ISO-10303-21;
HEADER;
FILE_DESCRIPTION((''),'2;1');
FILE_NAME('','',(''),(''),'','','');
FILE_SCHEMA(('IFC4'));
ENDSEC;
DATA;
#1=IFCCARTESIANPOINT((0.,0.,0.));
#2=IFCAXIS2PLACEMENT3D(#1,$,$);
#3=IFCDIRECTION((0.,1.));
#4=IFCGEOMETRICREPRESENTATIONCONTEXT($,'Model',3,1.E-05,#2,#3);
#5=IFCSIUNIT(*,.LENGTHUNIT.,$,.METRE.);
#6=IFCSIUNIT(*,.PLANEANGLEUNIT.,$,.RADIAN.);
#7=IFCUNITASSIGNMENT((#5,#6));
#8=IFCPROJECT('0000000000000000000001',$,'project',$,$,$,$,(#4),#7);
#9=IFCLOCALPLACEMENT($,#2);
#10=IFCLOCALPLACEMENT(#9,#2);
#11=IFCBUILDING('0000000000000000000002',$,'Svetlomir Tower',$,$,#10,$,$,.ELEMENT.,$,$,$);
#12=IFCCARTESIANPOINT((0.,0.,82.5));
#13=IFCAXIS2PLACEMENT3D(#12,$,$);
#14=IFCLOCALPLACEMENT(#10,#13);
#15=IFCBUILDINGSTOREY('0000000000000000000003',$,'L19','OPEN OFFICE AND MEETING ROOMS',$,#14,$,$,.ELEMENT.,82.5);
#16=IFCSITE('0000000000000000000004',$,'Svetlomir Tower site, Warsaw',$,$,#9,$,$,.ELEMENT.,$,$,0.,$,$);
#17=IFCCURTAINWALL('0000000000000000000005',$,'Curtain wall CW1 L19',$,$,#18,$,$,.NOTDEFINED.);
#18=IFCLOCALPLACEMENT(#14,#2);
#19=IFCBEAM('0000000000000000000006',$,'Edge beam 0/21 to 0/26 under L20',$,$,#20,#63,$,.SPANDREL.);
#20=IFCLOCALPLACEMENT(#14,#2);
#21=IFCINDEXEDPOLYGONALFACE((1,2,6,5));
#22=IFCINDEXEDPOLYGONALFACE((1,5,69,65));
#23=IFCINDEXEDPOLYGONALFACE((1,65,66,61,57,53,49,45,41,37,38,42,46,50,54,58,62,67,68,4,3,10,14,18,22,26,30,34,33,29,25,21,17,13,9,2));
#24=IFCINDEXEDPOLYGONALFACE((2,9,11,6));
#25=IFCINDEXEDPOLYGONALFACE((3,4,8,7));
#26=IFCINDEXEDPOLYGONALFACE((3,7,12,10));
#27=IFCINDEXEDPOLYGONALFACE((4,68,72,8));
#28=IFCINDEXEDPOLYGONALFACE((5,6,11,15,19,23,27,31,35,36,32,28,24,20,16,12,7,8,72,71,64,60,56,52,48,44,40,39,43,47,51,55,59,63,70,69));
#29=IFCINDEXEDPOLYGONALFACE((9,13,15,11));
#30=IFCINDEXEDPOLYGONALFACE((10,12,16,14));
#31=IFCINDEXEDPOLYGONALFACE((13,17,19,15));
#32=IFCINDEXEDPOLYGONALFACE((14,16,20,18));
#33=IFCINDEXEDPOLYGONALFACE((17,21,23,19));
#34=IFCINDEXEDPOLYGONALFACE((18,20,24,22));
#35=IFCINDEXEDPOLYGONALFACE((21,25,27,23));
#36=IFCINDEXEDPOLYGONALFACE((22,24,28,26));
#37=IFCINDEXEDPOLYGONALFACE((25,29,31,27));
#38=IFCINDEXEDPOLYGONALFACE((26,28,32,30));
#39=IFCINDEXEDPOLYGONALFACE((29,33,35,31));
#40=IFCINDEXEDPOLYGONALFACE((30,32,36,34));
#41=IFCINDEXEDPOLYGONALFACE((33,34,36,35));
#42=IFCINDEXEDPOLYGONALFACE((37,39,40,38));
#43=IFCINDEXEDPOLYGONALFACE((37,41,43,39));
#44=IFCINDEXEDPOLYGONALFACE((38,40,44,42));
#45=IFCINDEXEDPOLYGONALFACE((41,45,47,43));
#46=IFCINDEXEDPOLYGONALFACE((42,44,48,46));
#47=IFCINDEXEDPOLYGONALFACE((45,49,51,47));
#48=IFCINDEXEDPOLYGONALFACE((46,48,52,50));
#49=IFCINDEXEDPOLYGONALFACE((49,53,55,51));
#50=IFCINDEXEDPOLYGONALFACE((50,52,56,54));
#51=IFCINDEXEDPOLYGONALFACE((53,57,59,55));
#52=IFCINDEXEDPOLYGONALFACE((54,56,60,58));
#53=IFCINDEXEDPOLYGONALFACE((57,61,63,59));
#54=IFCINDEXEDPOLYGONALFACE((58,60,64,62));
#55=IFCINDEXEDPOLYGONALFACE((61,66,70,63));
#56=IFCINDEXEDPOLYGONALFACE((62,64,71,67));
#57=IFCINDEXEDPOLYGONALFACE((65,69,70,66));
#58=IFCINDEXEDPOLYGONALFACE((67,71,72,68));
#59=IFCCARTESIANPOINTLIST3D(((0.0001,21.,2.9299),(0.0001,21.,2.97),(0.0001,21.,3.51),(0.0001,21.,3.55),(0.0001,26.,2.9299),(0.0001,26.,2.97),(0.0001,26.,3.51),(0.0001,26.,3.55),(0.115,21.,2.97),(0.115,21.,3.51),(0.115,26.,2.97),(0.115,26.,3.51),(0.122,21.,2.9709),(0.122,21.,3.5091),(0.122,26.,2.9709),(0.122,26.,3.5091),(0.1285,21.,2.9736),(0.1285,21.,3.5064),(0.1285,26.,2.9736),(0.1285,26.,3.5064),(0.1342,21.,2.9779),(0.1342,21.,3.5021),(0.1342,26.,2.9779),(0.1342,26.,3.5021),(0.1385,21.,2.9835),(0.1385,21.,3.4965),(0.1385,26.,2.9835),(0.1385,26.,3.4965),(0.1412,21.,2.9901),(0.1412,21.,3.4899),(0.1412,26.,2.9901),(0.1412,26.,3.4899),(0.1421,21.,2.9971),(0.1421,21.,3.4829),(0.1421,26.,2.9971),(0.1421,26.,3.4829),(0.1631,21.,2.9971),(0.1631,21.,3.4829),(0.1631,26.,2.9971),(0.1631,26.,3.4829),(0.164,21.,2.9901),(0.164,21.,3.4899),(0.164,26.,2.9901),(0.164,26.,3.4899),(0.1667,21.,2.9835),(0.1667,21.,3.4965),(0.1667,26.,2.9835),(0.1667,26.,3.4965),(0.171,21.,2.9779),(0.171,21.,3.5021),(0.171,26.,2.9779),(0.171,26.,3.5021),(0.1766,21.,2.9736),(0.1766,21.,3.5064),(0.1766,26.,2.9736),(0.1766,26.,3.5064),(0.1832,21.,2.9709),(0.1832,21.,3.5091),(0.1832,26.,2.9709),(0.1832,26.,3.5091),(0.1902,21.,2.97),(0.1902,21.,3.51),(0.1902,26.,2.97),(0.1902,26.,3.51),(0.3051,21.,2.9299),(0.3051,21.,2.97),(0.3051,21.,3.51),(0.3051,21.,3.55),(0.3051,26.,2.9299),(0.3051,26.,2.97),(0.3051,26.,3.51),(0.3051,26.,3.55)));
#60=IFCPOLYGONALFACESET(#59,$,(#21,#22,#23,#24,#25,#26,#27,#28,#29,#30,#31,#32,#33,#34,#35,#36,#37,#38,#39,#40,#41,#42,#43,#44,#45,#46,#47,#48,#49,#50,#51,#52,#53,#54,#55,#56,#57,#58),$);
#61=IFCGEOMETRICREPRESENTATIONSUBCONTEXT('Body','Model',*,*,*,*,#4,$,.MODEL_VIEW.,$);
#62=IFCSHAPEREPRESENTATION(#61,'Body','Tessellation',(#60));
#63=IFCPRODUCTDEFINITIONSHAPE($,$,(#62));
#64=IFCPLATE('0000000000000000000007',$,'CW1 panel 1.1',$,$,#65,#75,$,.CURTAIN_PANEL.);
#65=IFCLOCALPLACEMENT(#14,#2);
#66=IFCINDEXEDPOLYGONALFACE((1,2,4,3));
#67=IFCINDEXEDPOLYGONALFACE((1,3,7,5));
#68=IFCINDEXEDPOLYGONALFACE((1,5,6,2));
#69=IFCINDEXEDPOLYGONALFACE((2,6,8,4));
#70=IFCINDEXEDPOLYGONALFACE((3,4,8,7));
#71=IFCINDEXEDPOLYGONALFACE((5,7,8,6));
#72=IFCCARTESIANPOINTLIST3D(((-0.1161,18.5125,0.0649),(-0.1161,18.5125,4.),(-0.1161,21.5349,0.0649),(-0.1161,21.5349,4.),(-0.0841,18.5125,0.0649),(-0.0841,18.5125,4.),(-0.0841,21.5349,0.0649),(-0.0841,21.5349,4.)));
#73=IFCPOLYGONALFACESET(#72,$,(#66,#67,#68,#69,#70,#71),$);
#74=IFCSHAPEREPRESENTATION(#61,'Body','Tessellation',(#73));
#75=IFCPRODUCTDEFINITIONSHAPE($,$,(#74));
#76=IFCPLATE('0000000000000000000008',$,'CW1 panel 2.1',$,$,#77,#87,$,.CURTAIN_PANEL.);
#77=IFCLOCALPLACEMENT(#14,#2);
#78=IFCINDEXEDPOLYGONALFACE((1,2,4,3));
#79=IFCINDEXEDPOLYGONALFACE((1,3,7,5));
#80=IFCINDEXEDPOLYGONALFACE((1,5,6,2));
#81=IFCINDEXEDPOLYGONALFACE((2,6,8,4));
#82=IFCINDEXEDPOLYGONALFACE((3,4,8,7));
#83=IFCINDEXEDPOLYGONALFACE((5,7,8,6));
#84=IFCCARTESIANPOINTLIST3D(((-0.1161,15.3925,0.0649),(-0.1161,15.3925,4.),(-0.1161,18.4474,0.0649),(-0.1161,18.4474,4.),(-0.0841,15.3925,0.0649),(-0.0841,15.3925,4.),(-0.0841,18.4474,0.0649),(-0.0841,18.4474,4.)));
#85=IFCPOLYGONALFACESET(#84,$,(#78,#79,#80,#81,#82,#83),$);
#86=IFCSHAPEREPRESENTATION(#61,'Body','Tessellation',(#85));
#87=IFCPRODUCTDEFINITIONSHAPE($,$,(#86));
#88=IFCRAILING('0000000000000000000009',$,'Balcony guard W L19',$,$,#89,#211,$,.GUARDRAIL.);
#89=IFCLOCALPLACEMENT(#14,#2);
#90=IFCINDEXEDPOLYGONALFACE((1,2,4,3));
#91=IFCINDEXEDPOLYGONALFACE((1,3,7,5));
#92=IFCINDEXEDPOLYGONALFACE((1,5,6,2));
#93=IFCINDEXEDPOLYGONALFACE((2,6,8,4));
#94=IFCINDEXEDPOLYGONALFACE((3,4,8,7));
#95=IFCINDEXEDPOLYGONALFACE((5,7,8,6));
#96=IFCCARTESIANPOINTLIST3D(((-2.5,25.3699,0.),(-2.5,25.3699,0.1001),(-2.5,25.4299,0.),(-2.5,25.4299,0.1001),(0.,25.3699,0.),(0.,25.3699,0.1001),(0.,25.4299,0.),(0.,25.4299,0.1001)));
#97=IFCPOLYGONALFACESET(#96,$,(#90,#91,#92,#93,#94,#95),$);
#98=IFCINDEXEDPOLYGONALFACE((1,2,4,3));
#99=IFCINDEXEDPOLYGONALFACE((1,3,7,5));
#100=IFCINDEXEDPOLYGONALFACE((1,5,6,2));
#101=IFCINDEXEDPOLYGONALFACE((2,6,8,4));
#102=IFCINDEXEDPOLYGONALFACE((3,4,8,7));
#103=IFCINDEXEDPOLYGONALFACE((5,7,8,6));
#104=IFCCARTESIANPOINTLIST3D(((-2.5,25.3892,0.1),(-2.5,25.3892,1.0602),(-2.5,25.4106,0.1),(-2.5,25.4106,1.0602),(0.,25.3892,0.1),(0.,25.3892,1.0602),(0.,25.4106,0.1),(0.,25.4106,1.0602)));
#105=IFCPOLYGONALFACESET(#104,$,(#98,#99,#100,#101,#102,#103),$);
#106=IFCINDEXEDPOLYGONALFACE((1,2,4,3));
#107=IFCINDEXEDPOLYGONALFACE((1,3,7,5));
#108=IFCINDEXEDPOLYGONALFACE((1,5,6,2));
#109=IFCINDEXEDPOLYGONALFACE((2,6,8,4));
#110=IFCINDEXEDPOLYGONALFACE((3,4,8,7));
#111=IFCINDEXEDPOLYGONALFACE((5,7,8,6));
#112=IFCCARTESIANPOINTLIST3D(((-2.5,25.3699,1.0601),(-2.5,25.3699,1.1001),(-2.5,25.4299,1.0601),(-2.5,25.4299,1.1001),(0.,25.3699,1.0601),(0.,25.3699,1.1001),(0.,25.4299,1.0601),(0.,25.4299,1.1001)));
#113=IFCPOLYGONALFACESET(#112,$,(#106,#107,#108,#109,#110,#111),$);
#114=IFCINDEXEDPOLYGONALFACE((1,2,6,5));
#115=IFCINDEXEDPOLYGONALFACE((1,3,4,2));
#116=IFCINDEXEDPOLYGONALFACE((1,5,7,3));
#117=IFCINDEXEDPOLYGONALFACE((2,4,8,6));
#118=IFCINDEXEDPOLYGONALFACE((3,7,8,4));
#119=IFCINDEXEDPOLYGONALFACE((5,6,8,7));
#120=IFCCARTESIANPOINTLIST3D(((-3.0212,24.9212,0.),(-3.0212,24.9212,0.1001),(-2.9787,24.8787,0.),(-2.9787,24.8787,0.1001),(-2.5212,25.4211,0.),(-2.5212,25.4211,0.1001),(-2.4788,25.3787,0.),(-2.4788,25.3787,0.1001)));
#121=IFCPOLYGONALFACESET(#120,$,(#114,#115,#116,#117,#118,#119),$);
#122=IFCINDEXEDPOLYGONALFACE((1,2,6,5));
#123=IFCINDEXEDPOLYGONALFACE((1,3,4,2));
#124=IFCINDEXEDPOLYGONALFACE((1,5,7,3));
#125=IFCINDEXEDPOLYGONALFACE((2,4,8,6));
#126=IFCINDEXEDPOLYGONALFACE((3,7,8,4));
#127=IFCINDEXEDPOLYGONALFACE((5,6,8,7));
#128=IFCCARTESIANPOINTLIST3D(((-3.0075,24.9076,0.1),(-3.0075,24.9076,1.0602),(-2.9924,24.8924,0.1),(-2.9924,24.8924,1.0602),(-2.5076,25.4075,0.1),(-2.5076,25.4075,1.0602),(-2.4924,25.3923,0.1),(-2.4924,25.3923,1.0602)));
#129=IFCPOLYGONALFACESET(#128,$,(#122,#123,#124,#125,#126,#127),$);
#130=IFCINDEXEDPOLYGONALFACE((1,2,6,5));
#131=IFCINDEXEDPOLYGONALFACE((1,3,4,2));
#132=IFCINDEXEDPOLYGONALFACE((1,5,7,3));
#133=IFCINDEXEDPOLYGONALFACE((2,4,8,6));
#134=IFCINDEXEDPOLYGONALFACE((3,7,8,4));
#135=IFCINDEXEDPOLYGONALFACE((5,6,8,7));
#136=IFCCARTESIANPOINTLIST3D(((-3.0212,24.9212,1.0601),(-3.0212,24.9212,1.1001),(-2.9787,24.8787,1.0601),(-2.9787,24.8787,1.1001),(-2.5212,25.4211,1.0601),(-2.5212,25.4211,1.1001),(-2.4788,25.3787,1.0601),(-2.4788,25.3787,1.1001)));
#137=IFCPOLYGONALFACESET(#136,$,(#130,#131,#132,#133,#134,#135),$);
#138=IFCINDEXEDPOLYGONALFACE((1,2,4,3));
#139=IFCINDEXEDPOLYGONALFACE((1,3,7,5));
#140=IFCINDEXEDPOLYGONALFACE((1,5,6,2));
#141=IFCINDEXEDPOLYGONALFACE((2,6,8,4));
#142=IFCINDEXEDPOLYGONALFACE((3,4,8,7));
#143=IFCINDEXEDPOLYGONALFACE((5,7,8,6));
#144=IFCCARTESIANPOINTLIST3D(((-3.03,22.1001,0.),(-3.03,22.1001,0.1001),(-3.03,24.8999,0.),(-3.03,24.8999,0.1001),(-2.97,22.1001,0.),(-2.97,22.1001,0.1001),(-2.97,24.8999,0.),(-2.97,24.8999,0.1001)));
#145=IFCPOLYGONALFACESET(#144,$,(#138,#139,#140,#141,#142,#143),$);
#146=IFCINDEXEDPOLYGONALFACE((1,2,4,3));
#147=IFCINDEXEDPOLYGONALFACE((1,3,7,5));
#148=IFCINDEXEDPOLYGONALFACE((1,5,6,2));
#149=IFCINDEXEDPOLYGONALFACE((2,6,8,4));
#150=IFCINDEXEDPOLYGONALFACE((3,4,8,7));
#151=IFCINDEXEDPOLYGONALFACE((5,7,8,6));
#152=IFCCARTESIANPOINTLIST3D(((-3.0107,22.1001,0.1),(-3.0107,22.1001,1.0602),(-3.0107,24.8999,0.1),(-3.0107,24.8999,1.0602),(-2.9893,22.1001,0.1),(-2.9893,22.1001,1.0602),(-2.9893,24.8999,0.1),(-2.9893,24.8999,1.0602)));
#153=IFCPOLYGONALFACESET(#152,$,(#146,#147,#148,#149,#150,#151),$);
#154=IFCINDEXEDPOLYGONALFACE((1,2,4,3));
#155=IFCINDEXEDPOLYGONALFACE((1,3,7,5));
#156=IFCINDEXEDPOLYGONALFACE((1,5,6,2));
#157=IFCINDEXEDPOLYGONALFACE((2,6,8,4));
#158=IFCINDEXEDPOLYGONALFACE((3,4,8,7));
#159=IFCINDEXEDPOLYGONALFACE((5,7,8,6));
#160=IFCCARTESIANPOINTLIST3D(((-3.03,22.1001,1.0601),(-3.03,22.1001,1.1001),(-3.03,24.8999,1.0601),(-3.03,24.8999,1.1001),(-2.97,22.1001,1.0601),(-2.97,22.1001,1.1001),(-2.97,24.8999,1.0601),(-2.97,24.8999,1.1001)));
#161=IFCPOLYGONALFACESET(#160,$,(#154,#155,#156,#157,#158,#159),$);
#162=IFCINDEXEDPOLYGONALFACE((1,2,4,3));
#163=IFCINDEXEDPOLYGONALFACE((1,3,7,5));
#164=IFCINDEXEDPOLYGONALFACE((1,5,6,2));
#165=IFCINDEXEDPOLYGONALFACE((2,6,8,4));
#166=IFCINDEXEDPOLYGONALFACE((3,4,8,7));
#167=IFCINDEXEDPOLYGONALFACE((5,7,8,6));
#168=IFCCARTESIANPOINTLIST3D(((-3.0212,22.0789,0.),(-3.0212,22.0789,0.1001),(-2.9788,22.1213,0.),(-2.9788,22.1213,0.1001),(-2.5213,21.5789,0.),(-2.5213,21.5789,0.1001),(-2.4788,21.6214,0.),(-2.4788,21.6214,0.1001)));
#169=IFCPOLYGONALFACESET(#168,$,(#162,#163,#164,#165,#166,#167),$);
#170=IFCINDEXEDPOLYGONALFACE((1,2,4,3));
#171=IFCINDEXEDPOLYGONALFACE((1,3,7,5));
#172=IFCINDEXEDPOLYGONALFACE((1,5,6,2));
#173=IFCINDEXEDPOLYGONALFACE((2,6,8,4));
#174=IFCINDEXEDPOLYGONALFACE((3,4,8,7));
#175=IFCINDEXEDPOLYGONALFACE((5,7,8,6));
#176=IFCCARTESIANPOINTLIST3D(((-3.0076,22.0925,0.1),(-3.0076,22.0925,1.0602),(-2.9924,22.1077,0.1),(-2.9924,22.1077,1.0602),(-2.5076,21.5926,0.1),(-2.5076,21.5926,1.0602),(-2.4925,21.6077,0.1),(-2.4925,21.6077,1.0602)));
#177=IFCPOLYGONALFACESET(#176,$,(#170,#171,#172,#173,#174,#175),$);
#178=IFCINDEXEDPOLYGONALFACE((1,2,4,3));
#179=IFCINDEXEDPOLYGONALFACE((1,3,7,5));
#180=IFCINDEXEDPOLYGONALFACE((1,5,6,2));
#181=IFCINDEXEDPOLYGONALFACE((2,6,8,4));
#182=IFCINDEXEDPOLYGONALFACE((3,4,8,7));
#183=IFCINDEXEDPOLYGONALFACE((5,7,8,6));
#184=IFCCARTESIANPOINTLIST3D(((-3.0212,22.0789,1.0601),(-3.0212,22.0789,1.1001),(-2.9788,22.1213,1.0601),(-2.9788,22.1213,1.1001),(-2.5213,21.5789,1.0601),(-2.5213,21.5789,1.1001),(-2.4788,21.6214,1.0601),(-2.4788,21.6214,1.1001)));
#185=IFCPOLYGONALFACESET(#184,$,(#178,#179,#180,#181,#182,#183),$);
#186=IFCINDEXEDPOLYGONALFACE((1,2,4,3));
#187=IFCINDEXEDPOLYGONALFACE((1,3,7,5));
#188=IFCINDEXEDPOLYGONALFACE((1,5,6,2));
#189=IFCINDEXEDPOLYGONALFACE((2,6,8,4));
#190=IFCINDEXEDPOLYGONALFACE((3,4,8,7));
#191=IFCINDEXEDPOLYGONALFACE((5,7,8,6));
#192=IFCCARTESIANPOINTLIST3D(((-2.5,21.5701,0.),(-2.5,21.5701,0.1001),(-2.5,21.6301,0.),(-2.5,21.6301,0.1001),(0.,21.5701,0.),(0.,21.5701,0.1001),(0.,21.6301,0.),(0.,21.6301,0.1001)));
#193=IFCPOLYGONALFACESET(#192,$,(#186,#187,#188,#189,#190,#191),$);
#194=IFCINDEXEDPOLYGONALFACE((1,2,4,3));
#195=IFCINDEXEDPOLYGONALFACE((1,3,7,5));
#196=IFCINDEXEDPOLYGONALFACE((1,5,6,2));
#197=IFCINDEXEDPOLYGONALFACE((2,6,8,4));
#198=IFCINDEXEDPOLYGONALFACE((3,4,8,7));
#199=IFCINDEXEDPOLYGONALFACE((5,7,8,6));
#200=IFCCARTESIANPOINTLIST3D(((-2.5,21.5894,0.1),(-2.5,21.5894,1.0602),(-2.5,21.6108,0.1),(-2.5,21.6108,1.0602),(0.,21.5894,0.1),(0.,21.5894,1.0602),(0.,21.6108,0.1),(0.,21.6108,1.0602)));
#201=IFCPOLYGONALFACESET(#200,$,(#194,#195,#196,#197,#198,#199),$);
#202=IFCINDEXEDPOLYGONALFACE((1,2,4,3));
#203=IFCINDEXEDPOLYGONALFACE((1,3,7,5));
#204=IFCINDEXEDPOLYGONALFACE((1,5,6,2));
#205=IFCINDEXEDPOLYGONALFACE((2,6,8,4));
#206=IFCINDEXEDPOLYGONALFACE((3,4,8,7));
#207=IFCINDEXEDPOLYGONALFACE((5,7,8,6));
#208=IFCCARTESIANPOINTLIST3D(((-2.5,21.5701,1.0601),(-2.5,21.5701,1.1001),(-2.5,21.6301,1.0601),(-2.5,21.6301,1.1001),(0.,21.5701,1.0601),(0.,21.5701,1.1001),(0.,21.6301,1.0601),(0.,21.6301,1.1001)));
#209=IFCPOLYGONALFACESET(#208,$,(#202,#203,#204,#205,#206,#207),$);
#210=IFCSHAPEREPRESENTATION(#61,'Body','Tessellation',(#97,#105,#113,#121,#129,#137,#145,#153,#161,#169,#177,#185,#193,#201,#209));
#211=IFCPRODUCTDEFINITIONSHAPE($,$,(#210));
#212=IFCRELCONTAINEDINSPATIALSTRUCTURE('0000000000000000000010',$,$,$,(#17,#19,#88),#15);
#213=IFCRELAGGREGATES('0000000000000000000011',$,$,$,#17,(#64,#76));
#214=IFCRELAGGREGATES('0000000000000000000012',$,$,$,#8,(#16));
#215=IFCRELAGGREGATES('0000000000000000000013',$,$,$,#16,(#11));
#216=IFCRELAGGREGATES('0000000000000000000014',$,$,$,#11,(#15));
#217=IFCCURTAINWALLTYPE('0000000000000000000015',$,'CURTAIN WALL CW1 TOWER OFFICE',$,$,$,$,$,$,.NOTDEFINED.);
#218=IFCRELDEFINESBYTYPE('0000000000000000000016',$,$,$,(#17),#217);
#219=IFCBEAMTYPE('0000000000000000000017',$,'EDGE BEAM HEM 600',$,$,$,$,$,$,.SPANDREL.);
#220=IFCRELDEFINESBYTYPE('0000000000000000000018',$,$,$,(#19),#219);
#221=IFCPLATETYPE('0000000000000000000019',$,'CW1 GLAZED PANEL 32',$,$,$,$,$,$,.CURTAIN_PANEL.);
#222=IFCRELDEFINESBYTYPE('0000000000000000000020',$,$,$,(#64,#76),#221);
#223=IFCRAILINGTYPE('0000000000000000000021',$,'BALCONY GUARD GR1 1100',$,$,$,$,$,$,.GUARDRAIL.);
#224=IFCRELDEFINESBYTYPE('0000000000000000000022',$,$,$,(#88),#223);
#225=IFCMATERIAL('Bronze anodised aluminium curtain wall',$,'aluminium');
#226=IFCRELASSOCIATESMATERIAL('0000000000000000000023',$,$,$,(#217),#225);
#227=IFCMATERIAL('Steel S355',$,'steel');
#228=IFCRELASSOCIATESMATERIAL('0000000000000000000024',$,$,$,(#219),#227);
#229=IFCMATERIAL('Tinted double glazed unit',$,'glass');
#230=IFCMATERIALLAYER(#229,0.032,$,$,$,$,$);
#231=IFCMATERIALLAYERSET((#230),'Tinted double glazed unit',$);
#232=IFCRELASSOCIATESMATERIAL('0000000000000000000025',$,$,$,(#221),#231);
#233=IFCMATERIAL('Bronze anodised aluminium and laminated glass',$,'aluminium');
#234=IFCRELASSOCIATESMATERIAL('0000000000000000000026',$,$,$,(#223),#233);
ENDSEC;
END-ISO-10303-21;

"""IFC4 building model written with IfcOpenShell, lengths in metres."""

from ifc_helpers import new_model, si_unit, direction, frame, origin, origin_2d, place, context, subcontext, project, spatial, rectangle, i_section, extrude, material, layer, layer_set, material_profile, profile_set, type_object, element, aggregate, save


model = new_model("IFC4")

# Units and contexts
model_context = context("Model", 3, precision=1e-05, world=origin(), true_north=direction((0.0, 1.0)))
body_context = subcontext(model_context, "Body", "Model", "MODEL_VIEW")
ifc_project = project(units=[si_unit("LENGTHUNIT", "METRE"), si_unit("PLANEANGLEUNIT", "RADIAN")], contexts=[model_context])

# Site, building, storey
site_placement = place(None, origin())
site = spatial("IfcSite", under=ifc_project, at=site_placement, Name="Svetlomir Tower site, Warsaw", CompositionType="ELEMENT", RefElevation=0.0)
building_placement = place(site_placement, origin())
building = spatial("IfcBuilding", under=site, at=building_placement, Name="Svetlomir Tower", CompositionType="ELEMENT")
storey_placement = place(building_placement, frame((0.0, 0.0, 82.5)))
storey = spatial("IfcBuildingStorey", under=building, at=storey_placement, Name="L19", Description="OPEN OFFICE AND MEETING ROOMS", CompositionType="ELEMENT", Elevation=82.5)

# Curtain wall
ifc_material_1 = material(Name="Bronze anodised aluminium curtain wall", Category="aluminium")
curtain_wall_type = type_object("IfcCurtainWallType", Name="CURTAIN WALL CW1 TOWER OFFICE", PredefinedType="NOTDEFINED", material=ifc_material_1)
curtain_wall_1_placement = place(storey_placement, origin())
curtain_wall_1 = element("IfcCurtainWall", 1, at=curtain_wall_1_placement, inside=storey, type_object=curtain_wall_type, Name="Curtain wall CW1 L19", PredefinedType="NOTDEFINED")

# Beam
ifc_material_2 = material(Name="Steel S355", Category="steel")
ifc_material_profile_1 = material_profile(ifc_material_2, i_section(OverallWidth=0.3049, OverallDepth=0.6201, WebThickness=0.021, FlangeThickness=0.04, FilletRadius=0.0271, at=origin_2d()), Name="HEM 600")
ifc_profile_set_1 = profile_set([ifc_material_profile_1], Name="Steel S355")
beam_type_1 = type_object("IfcBeamType", Name="EDGE BEAM HEM 600", PredefinedType="SPANDREL", material=ifc_profile_set_1)
for number, where, z_axis, x_axis, name in (
    (2, (0.1526, 21.0, 3.24), (0.0, 1.0, 0.0), (-1.0, 0.0, 0.0), "Edge beam 0/21 to 0/26 under L20"),
):
    element("IfcBeam", number, at=place(storey_placement, frame(where, z_axis=z_axis, x_axis=x_axis)), inside=storey, type_object=beam_type_1, Name=name, PredefinedType="SPANDREL", context=body_context, shape_type="SweptSolid", body=[
        extrude(i_section(OverallWidth=0.3049, OverallDepth=0.6201, WebThickness=0.021, FlangeThickness=0.04, FilletRadius=0.0271, at=origin_2d()), origin(), (0.0, 0.0, 1.0), 5.0),
    ])

# Plates
ifc_material_3 = material(Name="Tinted double glazed unit", Category="glass")
ifc_layer_1 = layer(ifc_material_3, 0.032)
ifc_layer_set_1 = layer_set([ifc_layer_1], Name="Tinted double glazed unit")
plate_type = type_object("IfcPlateType", Name="CW1 GLAZED PANEL 32", PredefinedType="CURTAIN_PANEL", material=ifc_layer_set_1)
plate_1_placement = place(storey_placement, frame((-0.1001, 20.0237, 0.0649), z_axis=(0.0, 0.0, 1.0), x_axis=(0.0, -1.0, 0.0)))
plate_1 = element("IfcPlate", 3, at=plate_1_placement, type_object=plate_type, Name="CW1 panel 1.1", PredefinedType="CURTAIN_PANEL", context=body_context, shape_type="SweptSolid", body=[
    extrude(rectangle(XDim=3.0225, YDim=0.032, at=origin_2d()), origin(), (0.0, 0.0, 1.0), 3.9351),
])
plate_2_placement = place(storey_placement, frame((-0.1001, 16.9199, 0.0649), z_axis=(0.0, 0.0, 1.0), x_axis=(0.0, -1.0, 0.0)))
plate_2 = element("IfcPlate", 4, at=plate_2_placement, type_object=plate_type, Name="CW1 panel 2.1", PredefinedType="CURTAIN_PANEL", context=body_context, shape_type="SweptSolid", body=[
    extrude(rectangle(XDim=3.0549, YDim=0.032, at=origin_2d()), origin(), (0.0, 0.0, 1.0), 3.9351),
])
aggregate(curtain_wall_1, [plate_1, plate_2])

# Railing
ifc_material_4 = material(Name="Bronze anodised aluminium and laminated glass", Category="aluminium")
railing_type = type_object("IfcRailingType", Name="BALCONY GUARD GR1 1100", PredefinedType="GUARDRAIL", material=ifc_material_4)
railing_placement = place(storey_placement, frame((0.0, 25.3999, 0.0)))
element("IfcRailing", 5, at=railing_placement, inside=storey, type_object=railing_type, Name="Balcony guard W L19", PredefinedType="GUARDRAIL", context=body_context, shape_type="SweptSolid", body=[
    extrude(rectangle(XDim=0.0601, YDim=0.1001, at=origin_2d()), frame((0.0, 0.0, 0.05), z_axis=(-1.0, 0.0, 0.0), x_axis=(0.0, -1.0, 0.0)), (0.0, 0.0, 1.0), 2.5),
    extrude(rectangle(XDim=0.0215, YDim=0.9602, at=origin_2d()), frame((0.0, 0.0, 0.5801), z_axis=(-1.0, 0.0, 0.0), x_axis=(0.0, -1.0, 0.0)), (0.0, 0.0, 1.0), 2.5),
    extrude(rectangle(XDim=0.0601, YDim=0.04, at=origin_2d()), frame((0.0, 0.0, 1.0801), z_axis=(-1.0, 0.0, 0.0), x_axis=(0.0, -1.0, 0.0)), (0.0, 0.0, 1.0), 2.5),
    extrude(rectangle(XDim=0.0601, YDim=0.1001, at=origin_2d()), frame((-2.5, 0.0, 0.05), z_axis=(-0.707107, -0.707107, 0.0), x_axis=(0.707107, -0.707107, 0.0)), (0.0, 0.0, 1.0), 0.707),
    extrude(rectangle(XDim=0.0215, YDim=0.9602, at=origin_2d()), frame((-2.5, 0.0, 0.5801), z_axis=(-0.707107, -0.707107, 0.0), x_axis=(0.707107, -0.707107, 0.0)), (0.0, 0.0, 1.0), 0.707),
    extrude(rectangle(XDim=0.0601, YDim=0.04, at=origin_2d()), frame((-2.5, 0.0, 1.0801), z_axis=(-0.707107, -0.707107, 0.0), x_axis=(0.707107, -0.707107, 0.0)), (0.0, 0.0, 1.0), 0.707),
    extrude(rectangle(XDim=0.0601, YDim=0.1001, at=origin_2d()), frame((-3.0, -0.5, 0.05), z_axis=(0.0, -1.0, 0.0), x_axis=(1.0, 0.0, 0.0)), (0.0, 0.0, 1.0), 2.7998),
    extrude(rectangle(XDim=0.0215, YDim=0.9602, at=origin_2d()), frame((-3.0, -0.5, 0.5801), z_axis=(0.0, -1.0, 0.0), x_axis=(1.0, 0.0, 0.0)), (0.0, 0.0, 1.0), 2.7998),
    extrude(rectangle(XDim=0.0601, YDim=0.04, at=origin_2d()), frame((-3.0, -0.5, 1.0801), z_axis=(0.0, -1.0, 0.0), x_axis=(1.0, 0.0, 0.0)), (0.0, 0.0, 1.0), 2.7998),
    extrude(rectangle(XDim=0.0601, YDim=0.1001, at=origin_2d()), frame((-3.0, -3.2998, 0.05), z_axis=(0.707107, -0.707107, 0.0), x_axis=(0.707107, 0.707107, 0.0)), (0.0, 0.0, 1.0), 0.707),
    extrude(rectangle(XDim=0.0215, YDim=0.9602, at=origin_2d()), frame((-3.0, -3.2998, 0.5801), z_axis=(0.707107, -0.707107, 0.0), x_axis=(0.707107, 0.707107, 0.0)), (0.0, 0.0, 1.0), 0.707),
    extrude(rectangle(XDim=0.0601, YDim=0.04, at=origin_2d()), frame((-3.0, -3.2998, 1.0801), z_axis=(0.707107, -0.707107, 0.0), x_axis=(0.707107, 0.707107, 0.0)), (0.0, 0.0, 1.0), 0.707),
    extrude(rectangle(XDim=0.0601, YDim=0.1001, at=origin_2d()), frame((-2.5, -3.7998, 0.05), z_axis=(1.0, 0.0, 0.0), x_axis=(0.0, 1.0, 0.0)), (0.0, 0.0, 1.0), 2.5),
    extrude(rectangle(XDim=0.0215, YDim=0.9602, at=origin_2d()), frame((-2.5, -3.7998, 0.5801), z_axis=(1.0, 0.0, 0.0), x_axis=(0.0, 1.0, 0.0)), (0.0, 0.0, 1.0), 2.5),
    extrude(rectangle(XDim=0.0601, YDim=0.04, at=origin_2d()), frame((-2.5, -3.7998, 1.0801), z_axis=(1.0, 0.0, 0.0), x_axis=(0.0, 1.0, 0.0)), (0.0, 0.0, 1.0), 2.5),
])

save(model, "model.ifc")
